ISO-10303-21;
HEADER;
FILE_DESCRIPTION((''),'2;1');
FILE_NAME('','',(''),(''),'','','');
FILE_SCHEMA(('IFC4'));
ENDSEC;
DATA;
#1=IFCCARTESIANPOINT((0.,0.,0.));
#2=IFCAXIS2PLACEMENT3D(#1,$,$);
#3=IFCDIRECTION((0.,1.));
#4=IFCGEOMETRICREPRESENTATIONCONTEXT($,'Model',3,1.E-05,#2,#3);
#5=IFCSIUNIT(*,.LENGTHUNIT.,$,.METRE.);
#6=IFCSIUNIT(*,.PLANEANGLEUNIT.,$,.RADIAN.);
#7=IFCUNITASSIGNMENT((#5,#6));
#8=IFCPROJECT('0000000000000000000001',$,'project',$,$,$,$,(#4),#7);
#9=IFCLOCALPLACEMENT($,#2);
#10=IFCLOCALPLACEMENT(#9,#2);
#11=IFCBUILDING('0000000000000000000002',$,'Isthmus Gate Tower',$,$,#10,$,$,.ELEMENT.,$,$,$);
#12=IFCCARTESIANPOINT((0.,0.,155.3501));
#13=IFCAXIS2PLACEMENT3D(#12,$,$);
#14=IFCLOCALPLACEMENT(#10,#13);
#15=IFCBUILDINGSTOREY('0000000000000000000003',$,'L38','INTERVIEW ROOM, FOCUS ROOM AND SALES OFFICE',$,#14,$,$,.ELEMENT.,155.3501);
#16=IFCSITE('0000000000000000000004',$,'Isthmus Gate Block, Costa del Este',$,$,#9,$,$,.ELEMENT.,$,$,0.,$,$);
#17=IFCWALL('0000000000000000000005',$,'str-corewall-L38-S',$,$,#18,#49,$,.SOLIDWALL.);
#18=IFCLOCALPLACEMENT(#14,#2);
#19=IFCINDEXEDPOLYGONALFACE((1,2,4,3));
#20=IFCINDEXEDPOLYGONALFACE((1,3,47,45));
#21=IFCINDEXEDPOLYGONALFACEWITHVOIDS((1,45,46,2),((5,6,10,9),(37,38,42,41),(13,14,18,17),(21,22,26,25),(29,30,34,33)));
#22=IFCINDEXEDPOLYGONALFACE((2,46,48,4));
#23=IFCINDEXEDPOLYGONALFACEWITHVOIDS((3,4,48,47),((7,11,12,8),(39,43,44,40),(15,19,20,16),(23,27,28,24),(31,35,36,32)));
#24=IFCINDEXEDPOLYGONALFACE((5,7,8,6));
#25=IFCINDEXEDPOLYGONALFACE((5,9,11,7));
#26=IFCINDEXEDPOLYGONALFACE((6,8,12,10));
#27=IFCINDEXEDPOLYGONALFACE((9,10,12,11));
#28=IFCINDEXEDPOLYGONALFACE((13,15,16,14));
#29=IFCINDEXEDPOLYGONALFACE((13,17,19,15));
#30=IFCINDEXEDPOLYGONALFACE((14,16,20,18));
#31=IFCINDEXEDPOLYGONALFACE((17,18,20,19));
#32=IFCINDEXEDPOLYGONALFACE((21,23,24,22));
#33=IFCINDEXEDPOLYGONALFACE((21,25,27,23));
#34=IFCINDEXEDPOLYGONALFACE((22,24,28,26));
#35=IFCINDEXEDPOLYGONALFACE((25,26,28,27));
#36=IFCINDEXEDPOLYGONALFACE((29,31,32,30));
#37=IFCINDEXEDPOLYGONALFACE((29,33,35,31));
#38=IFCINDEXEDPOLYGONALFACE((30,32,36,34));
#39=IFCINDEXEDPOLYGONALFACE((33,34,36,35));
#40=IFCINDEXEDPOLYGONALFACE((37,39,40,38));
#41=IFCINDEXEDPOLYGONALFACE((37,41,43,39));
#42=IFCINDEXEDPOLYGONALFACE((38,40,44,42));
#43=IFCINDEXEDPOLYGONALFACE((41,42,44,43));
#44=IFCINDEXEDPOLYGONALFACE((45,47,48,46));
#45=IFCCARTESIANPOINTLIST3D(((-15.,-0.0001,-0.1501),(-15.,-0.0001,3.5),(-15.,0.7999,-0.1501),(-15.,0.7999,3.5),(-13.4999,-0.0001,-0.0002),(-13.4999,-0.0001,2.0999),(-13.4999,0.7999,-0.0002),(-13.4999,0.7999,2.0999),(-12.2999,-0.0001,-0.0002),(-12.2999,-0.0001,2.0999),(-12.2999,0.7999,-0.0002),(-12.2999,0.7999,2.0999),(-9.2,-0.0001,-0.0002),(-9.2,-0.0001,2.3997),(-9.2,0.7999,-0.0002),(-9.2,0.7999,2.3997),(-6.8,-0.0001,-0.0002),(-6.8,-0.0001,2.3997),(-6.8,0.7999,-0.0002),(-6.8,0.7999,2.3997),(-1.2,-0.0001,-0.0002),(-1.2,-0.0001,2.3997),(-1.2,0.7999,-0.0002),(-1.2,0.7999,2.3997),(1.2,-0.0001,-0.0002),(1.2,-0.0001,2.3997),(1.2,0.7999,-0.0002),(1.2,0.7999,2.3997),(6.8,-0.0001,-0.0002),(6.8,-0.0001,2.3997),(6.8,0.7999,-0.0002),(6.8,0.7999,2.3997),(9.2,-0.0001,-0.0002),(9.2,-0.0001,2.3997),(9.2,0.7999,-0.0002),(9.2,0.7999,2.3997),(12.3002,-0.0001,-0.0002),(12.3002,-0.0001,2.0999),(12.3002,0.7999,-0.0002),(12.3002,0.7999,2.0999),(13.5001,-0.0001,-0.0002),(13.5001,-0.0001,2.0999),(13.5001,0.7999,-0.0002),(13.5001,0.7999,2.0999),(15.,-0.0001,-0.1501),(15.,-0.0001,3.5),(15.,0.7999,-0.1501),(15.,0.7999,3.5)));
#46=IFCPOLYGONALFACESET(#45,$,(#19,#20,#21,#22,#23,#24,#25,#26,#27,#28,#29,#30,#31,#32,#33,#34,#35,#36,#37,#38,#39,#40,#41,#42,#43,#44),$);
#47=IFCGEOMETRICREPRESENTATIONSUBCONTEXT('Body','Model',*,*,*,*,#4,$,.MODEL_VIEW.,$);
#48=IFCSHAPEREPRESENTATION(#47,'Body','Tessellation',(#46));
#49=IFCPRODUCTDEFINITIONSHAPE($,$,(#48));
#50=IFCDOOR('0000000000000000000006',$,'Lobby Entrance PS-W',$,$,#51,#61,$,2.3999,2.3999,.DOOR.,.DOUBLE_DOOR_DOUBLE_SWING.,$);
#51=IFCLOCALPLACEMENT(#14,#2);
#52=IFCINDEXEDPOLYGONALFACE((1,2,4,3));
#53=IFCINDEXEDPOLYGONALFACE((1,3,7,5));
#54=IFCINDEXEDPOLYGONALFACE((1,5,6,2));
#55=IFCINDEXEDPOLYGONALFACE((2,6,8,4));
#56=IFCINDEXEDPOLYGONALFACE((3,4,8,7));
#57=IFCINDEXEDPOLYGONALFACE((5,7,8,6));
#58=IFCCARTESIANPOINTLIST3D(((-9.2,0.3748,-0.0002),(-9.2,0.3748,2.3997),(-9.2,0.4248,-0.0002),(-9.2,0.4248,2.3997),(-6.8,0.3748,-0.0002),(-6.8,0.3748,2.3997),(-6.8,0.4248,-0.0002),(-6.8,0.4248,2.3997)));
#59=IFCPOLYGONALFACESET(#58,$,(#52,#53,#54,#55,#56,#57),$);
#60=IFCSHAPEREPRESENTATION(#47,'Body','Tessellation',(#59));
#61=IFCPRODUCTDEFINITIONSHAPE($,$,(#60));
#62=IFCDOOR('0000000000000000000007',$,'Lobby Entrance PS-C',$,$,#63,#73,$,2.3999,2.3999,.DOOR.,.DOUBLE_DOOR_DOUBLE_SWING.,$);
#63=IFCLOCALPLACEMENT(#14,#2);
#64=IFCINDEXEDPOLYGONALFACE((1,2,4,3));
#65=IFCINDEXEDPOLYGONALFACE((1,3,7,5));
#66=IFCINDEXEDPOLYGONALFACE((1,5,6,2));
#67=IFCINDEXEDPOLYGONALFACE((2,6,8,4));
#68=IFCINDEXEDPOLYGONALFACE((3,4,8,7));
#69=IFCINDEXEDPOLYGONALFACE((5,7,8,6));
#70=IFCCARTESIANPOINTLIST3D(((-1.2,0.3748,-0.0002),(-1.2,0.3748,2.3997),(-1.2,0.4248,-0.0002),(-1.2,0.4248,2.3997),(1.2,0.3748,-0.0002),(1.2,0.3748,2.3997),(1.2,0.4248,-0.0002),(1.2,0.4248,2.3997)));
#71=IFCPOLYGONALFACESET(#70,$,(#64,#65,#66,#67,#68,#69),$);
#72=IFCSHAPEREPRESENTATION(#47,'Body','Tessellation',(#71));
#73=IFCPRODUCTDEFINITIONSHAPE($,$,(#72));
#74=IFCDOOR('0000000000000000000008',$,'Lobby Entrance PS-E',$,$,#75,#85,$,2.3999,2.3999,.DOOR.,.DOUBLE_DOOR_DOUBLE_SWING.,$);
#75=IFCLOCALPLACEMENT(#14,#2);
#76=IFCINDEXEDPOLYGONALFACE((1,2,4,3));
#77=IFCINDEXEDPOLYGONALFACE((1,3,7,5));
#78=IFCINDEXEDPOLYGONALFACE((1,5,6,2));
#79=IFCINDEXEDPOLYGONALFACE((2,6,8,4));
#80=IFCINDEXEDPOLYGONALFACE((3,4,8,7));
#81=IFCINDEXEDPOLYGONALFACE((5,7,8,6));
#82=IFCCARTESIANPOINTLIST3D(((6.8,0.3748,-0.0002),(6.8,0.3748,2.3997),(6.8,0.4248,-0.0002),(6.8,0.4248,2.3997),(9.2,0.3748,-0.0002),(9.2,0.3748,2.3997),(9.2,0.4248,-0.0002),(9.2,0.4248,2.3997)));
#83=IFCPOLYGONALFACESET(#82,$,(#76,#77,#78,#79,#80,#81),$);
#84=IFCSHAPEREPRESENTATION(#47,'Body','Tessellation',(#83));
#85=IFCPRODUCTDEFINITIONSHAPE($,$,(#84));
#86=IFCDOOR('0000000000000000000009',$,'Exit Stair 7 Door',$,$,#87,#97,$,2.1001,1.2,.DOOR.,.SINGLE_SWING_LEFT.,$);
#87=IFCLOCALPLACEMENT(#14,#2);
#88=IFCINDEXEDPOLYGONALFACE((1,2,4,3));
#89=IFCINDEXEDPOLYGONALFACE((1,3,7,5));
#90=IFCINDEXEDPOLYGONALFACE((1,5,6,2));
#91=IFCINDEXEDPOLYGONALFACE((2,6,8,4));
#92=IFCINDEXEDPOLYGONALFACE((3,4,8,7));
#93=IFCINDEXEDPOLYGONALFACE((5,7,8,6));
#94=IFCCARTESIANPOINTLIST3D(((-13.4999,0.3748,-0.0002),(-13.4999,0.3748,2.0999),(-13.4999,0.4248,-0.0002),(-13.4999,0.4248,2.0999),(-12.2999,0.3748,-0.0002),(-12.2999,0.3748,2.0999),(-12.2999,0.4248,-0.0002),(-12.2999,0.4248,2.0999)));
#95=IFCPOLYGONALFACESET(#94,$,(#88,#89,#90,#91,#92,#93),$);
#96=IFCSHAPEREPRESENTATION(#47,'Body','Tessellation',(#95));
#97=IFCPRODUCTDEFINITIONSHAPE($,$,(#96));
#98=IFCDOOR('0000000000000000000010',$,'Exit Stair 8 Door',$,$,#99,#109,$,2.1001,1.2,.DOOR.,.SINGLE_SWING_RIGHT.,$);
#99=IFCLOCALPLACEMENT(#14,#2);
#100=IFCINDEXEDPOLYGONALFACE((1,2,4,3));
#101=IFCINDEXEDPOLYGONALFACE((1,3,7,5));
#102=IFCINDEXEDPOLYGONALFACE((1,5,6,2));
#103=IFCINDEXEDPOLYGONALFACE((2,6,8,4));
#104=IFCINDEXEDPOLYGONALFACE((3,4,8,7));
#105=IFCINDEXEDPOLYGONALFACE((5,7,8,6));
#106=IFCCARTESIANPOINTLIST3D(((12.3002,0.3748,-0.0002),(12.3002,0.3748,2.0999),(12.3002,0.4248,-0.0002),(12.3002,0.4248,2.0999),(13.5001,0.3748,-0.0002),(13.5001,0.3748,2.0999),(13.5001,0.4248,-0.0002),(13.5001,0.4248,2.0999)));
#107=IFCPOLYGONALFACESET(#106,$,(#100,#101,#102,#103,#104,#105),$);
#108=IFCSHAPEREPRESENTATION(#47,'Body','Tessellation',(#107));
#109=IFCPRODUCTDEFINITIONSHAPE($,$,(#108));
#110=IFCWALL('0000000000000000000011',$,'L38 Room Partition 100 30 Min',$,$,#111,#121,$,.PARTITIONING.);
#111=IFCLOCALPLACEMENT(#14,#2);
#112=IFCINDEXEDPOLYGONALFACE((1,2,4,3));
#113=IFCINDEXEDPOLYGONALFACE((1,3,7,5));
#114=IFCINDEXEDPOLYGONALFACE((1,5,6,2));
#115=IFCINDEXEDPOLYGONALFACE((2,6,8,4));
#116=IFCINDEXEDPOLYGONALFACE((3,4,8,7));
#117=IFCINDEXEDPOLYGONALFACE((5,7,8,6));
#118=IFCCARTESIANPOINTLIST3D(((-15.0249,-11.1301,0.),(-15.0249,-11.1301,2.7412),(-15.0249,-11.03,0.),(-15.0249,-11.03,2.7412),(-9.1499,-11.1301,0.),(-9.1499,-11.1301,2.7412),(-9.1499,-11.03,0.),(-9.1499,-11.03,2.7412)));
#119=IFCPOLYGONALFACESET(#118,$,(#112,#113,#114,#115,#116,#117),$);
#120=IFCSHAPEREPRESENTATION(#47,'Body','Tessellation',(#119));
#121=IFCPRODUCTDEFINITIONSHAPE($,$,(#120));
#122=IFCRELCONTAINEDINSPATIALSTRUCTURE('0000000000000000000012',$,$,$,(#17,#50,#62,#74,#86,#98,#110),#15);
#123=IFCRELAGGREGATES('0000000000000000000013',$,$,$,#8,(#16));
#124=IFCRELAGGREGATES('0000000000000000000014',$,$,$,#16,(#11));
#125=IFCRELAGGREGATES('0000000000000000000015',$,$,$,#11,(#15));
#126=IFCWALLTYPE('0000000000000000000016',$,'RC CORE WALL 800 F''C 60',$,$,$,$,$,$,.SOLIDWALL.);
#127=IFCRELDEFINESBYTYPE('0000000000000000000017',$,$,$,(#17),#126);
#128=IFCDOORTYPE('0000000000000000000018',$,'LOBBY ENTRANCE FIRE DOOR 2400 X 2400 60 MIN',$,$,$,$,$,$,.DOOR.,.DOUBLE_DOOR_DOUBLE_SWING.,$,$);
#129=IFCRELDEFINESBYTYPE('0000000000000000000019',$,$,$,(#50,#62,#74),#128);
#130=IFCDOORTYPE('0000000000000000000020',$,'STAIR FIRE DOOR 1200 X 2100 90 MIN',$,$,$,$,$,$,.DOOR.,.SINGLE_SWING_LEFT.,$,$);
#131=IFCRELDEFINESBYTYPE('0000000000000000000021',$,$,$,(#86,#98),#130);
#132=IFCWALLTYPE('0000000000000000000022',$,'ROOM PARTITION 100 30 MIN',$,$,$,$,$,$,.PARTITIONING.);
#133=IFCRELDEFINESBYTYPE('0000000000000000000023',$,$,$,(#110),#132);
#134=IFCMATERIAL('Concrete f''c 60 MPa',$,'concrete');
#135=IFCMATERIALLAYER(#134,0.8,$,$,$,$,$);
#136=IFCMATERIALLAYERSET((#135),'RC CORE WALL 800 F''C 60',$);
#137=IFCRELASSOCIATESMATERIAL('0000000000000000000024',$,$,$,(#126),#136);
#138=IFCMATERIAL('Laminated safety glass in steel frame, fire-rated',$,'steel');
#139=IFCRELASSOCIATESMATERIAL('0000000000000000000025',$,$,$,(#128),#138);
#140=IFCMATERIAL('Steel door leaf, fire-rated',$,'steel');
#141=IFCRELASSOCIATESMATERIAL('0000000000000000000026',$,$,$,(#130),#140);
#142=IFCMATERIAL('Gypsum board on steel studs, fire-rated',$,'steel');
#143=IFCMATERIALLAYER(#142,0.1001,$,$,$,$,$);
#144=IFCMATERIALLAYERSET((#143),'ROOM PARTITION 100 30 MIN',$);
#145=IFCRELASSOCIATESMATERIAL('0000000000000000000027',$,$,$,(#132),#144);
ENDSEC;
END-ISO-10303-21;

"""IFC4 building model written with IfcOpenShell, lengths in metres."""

from ifc_helpers import new_model, si_unit, direction, frame, frame_2d, origin, place, context, subcontext, project, spatial, rectangle, extrude, material, layer, layer_set, type_object, element, fill, save


model = new_model("IFC4")

# Units and contexts
model_context = context("Model", 3, precision=1e-05, world=origin(), true_north=direction((0.0, 1.0)))
body_context = subcontext(model_context, "Body", "Model", "MODEL_VIEW")
ifc_project = project(units=[si_unit("LENGTHUNIT", "METRE"), si_unit("PLANEANGLEUNIT", "RADIAN")], contexts=[model_context])

# Site, building, storey
site_placement = place(None, origin())
site = spatial("IfcSite", under=ifc_project, at=site_placement, Name="Isthmus Gate Block, Costa del Este", CompositionType="ELEMENT", RefElevation=0.0)
building_placement = place(site_placement, origin())
building = spatial("IfcBuilding", under=site, at=building_placement, Name="Isthmus Gate Tower", CompositionType="ELEMENT")
storey_placement = place(building_placement, frame((0.0, 0.0, 155.3501)))
storey = spatial("IfcBuildingStorey", under=building, at=storey_placement, Name="L38", Description="INTERVIEW ROOM, FOCUS ROOM AND SALES OFFICE", CompositionType="ELEMENT", Elevation=155.3501)

# Wall, openings, doors
ifc_material_1 = material(Name="Concrete f'c 60 MPa", Category="concrete")
ifc_layer_1 = layer(ifc_material_1, 0.8)
ifc_layer_set_1 = layer_set([ifc_layer_1], Name="RC CORE WALL 800 F'C 60")
wall_type_1 = type_object("IfcWallType", Name="RC CORE WALL 800 F'C 60", PredefinedType="SOLIDWALL", material=ifc_layer_set_1)
wall_1_placement = place(storey_placement, frame((-15.0, 0.3999, -0.1501), z_axis=(0.0, 0.0, 1.0), x_axis=(1.0, 0.0, 0.0)))
wall_1 = element("IfcWall", 1, at=wall_1_placement, inside=storey, type_object=wall_type_1, Name="str-corewall-L38-S", PredefinedType="SOLIDWALL", context=body_context, shape_type="SweptSolid", body=[
    extrude(rectangle(XDim=30.0, YDim=0.8, at=frame_2d((15.0, 0.0))), origin(), (0.0, 0.0, 1.0), 3.6501),
])
opening_1_placement = place(wall_1_placement, frame((5.8, 0.0, 0.1499)))
opening_1 = element("IfcOpeningElement", 2, at=opening_1_placement, cuts=wall_1, PredefinedType="OPENING", context=body_context, shape_type="SweptSolid", body=[
    extrude(rectangle(XDim=2.3999, YDim=2.3999, at=frame_2d((1.2, 1.2))), frame((0.0, 0.4099, 0.0), z_axis=(0.0, -1.0, 0.0), x_axis=(1.0, 0.0, 0.0)), (0.0, 0.0, 1.0), 0.8201),
])
opening_2_placement = place(wall_1_placement, frame((13.8, 0.0, 0.1499)))
opening_2 = element("IfcOpeningElement", 3, at=opening_2_placement, cuts=wall_1, PredefinedType="OPENING", context=body_context, shape_type="SweptSolid", body=[
    extrude(rectangle(XDim=2.3999, YDim=2.3999, at=frame_2d((1.2, 1.2))), frame((0.0, 0.4099, 0.0), z_axis=(0.0, -1.0, 0.0), x_axis=(1.0, 0.0, 0.0)), (0.0, 0.0, 1.0), 0.8201),
])
opening_3_placement = place(wall_1_placement, frame((21.8, 0.0, 0.1499)))
opening_3 = element("IfcOpeningElement", 4, at=opening_3_placement, cuts=wall_1, PredefinedType="OPENING", context=body_context, shape_type="SweptSolid", body=[
    extrude(rectangle(XDim=2.3999, YDim=2.3999, at=frame_2d((1.2, 1.2))), frame((0.0, 0.4099, 0.0), z_axis=(0.0, -1.0, 0.0), x_axis=(1.0, 0.0, 0.0)), (0.0, 0.0, 1.0), 0.8201),
])
opening_4_placement = place(wall_1_placement, frame((1.5, 0.0, 0.1499)))
opening_4 = element("IfcOpeningElement", 5, at=opening_4_placement, cuts=wall_1, PredefinedType="OPENING", context=body_context, shape_type="SweptSolid", body=[
    extrude(rectangle(XDim=1.2, YDim=2.1001, at=frame_2d((0.6001, 1.05))), frame((0.0, 0.4099, 0.0), z_axis=(0.0, -1.0, 0.0), x_axis=(1.0, 0.0, 0.0)), (0.0, 0.0, 1.0), 0.8201),
])
opening_5_placement = place(wall_1_placement, frame((27.3, 0.0, 0.1499)))
opening_5 = element("IfcOpeningElement", 6, at=opening_5_placement, cuts=wall_1, PredefinedType="OPENING", context=body_context, shape_type="SweptSolid", body=[
    extrude(rectangle(XDim=1.2, YDim=2.1001, at=frame_2d((0.6001, 1.05))), frame((0.0, 0.4099, 0.0), z_axis=(0.0, -1.0, 0.0), x_axis=(1.0, 0.0, 0.0)), (0.0, 0.0, 1.0), 0.8201),
])
ifc_material_2 = material(Name="Laminated safety glass in steel frame, fire-rated", Category="steel")
door_type_1 = type_object("IfcDoorType", Name="LOBBY ENTRANCE FIRE DOOR 2400 X 2400 60 MIN", OperationType="DOUBLE_DOOR_DOUBLE_SWING", PredefinedType="DOOR", material=ifc_material_2)
door_1_placement = place(opening_1_placement, origin())
door_1 = element("IfcDoor", 7, at=door_1_placement, inside=storey, type_object=door_type_1, Name="Lobby Entrance PS-W", OperationType="DOUBLE_DOOR_DOUBLE_SWING", OverallHeight=2.3999, OverallWidth=2.3999, PredefinedType="DOOR", context=body_context, shape_type="SweptSolid", body=[
    extrude(rectangle(XDim=2.3999, YDim=2.3999, at=frame_2d((1.2, 1.2))), frame((0.0, 0.0249, 0.0), z_axis=(0.0, -1.0, 0.0), x_axis=(1.0, 0.0, 0.0)), (0.0, 0.0, 1.0), 0.05),
])
fill(opening_1, door_1)
door_2_placement = place(opening_2_placement, origin())
door_2 = element("IfcDoor", 8, at=door_2_placement, inside=storey, type_object=door_type_1, Name="Lobby Entrance PS-C", OperationType="DOUBLE_DOOR_DOUBLE_SWING", OverallHeight=2.3999, OverallWidth=2.3999, PredefinedType="DOOR", context=body_context, shape_type="SweptSolid", body=[
    extrude(rectangle(XDim=2.3999, YDim=2.3999, at=frame_2d((1.2, 1.2))), frame((0.0, 0.0249, 0.0), z_axis=(0.0, -1.0, 0.0), x_axis=(1.0, 0.0, 0.0)), (0.0, 0.0, 1.0), 0.05),
])
fill(opening_2, door_2)
door_3_placement = place(opening_3_placement, origin())
door_3 = element("IfcDoor", 9, at=door_3_placement, inside=storey, type_object=door_type_1, Name="Lobby Entrance PS-E", OperationType="DOUBLE_DOOR_DOUBLE_SWING", OverallHeight=2.3999, OverallWidth=2.3999, PredefinedType="DOOR", context=body_context, shape_type="SweptSolid", body=[
    extrude(rectangle(XDim=2.3999, YDim=2.3999, at=frame_2d((1.2, 1.2))), frame((0.0, 0.0249, 0.0), z_axis=(0.0, -1.0, 0.0), x_axis=(1.0, 0.0, 0.0)), (0.0, 0.0, 1.0), 0.05),
])
fill(opening_3, door_3)
ifc_material_3 = material(Name="Steel door leaf, fire-rated", Category="steel")
door_type_2 = type_object("IfcDoorType", Name="STAIR FIRE DOOR 1200 X 2100 90 MIN", OperationType="SINGLE_SWING_LEFT", PredefinedType="DOOR", material=ifc_material_3)
door_4_placement = place(opening_4_placement, origin())
door_4 = element("IfcDoor", 10, at=door_4_placement, inside=storey, type_object=door_type_2, Name="Exit Stair 7 Door", OperationType="SINGLE_SWING_LEFT", OverallHeight=2.1001, OverallWidth=1.2, PredefinedType="DOOR", context=body_context, shape_type="SweptSolid", body=[
    extrude(rectangle(XDim=1.2, YDim=2.1001, at=frame_2d((0.6001, 1.05))), frame((0.0, 0.0249, 0.0), z_axis=(0.0, -1.0, 0.0), x_axis=(1.0, 0.0, 0.0)), (0.0, 0.0, 1.0), 0.05),
])
fill(opening_4, door_4)
door_5_placement = place(opening_5_placement, origin())
door_5 = element("IfcDoor", 11, at=door_5_placement, inside=storey, type_object=door_type_2, Name="Exit Stair 8 Door", OperationType="SINGLE_SWING_RIGHT", OverallHeight=2.1001, OverallWidth=1.2, PredefinedType="DOOR", context=body_context, shape_type="SweptSolid", body=[
    extrude(rectangle(XDim=1.2, YDim=2.1001, at=frame_2d((0.6001, 1.05))), frame((0.0, 0.0249, 0.0), z_axis=(0.0, -1.0, 0.0), x_axis=(1.0, 0.0, 0.0)), (0.0, 0.0, 1.0), 0.05),
])
fill(opening_5, door_5)

# Wall
ifc_material_4 = material(Name="Gypsum board on steel studs, fire-rated", Category="steel")
ifc_layer_2 = layer(ifc_material_4, 0.1001)
ifc_layer_set_2 = layer_set([ifc_layer_2], Name="ROOM PARTITION 100 30 MIN")
wall_type_2 = type_object("IfcWallType", Name="ROOM PARTITION 100 30 MIN", PredefinedType="PARTITIONING", material=ifc_layer_set_2)
wall_2_placement = place(storey_placement, frame((-15.0249, -11.0801, 0.0), z_axis=(0.0, 0.0, 1.0), x_axis=(1.0, 0.0, 0.0)))
element("IfcWall", 12, at=wall_2_placement, inside=storey, type_object=wall_type_2, Name="L38 Room Partition 100 30 Min", PredefinedType="PARTITIONING", context=body_context, shape_type="SweptSolid", body=[
    extrude(rectangle(XDim=5.875, YDim=0.1001, at=frame_2d((2.9375, 0.0))), origin(), (0.0, 0.0, 1.0), 2.7412),
])

save(model, "model.ifc")
